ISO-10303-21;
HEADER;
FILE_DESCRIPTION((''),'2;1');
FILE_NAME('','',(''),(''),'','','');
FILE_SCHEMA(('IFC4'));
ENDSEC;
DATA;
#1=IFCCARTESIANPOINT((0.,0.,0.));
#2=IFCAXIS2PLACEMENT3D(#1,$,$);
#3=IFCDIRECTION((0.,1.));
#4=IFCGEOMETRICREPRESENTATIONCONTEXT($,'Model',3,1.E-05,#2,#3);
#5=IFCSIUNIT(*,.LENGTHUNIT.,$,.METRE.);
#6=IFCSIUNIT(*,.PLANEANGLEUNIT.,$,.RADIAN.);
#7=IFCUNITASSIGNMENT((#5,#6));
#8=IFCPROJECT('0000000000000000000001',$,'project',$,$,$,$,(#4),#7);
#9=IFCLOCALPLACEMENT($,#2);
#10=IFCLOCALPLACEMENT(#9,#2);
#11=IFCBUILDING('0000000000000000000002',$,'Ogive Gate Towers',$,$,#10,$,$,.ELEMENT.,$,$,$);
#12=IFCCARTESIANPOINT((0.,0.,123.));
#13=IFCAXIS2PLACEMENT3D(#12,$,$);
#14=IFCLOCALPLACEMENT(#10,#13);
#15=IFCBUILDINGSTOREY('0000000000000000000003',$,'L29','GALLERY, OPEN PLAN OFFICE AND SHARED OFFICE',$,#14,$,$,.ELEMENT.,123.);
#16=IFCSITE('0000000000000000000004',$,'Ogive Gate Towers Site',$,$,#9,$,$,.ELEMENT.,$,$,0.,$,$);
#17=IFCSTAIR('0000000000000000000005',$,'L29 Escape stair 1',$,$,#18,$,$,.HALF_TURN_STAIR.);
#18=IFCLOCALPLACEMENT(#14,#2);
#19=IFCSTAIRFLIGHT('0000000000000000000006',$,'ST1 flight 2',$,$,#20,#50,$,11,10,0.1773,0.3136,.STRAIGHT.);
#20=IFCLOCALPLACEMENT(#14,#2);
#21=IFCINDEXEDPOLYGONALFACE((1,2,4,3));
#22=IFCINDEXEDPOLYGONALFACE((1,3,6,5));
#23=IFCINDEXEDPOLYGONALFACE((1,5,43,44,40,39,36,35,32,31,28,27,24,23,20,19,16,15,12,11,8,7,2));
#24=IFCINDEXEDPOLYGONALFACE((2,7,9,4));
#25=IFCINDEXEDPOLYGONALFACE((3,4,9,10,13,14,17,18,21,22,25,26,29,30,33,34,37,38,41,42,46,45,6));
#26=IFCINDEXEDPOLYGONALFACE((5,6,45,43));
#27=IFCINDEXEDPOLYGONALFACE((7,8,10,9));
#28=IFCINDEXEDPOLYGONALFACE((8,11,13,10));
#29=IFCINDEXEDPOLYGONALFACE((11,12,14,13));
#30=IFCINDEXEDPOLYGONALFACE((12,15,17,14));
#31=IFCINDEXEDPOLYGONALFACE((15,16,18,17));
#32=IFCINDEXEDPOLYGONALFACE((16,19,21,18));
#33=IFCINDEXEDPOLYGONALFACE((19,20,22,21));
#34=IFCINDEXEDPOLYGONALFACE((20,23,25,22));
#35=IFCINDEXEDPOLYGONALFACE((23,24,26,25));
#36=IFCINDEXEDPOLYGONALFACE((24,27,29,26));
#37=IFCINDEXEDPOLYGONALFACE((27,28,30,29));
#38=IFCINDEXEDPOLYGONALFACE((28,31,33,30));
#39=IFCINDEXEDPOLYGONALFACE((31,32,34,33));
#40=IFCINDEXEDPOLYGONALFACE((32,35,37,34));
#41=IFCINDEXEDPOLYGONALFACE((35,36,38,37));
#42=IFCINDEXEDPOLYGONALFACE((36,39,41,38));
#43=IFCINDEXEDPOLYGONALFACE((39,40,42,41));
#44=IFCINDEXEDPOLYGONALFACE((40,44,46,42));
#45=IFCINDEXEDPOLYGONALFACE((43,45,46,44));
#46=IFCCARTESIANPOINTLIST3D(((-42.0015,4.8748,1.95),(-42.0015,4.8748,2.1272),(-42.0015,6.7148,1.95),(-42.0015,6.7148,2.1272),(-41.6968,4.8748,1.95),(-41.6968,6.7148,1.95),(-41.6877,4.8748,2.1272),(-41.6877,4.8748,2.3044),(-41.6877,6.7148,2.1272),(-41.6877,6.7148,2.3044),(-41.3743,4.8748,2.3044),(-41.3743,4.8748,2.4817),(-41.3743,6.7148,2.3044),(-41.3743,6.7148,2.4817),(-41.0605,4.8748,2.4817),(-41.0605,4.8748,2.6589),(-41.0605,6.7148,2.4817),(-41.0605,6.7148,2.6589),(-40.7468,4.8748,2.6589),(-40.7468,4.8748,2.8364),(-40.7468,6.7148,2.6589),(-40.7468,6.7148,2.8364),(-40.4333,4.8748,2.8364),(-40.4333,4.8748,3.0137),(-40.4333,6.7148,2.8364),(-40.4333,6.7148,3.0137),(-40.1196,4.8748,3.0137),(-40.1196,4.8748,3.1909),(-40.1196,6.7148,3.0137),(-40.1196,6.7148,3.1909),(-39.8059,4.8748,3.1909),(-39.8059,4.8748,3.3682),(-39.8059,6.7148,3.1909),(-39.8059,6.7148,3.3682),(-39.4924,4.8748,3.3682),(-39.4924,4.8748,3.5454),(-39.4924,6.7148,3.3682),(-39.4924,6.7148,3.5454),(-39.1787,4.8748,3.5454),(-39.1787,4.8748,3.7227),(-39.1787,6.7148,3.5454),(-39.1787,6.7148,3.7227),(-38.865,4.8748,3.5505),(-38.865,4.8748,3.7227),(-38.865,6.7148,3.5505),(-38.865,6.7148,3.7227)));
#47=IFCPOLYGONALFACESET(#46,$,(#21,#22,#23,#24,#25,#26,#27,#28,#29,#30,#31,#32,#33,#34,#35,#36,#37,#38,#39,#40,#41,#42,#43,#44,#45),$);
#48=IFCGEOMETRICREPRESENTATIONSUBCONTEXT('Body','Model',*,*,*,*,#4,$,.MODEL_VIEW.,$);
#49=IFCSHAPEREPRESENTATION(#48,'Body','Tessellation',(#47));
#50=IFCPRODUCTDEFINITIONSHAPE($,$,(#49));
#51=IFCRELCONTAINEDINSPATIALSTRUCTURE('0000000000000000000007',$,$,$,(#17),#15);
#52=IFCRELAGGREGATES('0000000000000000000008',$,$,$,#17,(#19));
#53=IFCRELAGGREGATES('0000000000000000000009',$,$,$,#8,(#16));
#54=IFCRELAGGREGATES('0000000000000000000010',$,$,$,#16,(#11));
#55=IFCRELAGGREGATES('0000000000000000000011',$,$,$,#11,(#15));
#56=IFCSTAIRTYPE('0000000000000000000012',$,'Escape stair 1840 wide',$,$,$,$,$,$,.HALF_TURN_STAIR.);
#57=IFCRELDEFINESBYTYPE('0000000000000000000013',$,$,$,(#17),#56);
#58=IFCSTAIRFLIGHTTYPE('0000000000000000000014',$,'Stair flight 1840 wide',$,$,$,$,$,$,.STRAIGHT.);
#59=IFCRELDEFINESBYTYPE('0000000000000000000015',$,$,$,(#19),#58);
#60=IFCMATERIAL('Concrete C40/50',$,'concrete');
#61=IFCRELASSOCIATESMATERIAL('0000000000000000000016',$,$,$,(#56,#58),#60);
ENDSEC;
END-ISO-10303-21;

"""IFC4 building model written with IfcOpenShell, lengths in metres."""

from ifc_helpers import new_model, si_unit, direction, frame, origin, place, context, subcontext, project, spatial, polyline, outline, extrude, material, type_object, element, aggregate, save


model = new_model("IFC4")

# Units and contexts
model_context = context("Model", 3, precision=1e-05, world=origin(), true_north=direction((0.0, 1.0)))
body_context = subcontext(model_context, "Body", "Model", "MODEL_VIEW")
ifc_project = project(units=[si_unit("LENGTHUNIT", "METRE"), si_unit("PLANEANGLEUNIT", "RADIAN")], contexts=[model_context])

# Site, building, storey
site_placement = place(None, origin())
site = spatial("IfcSite", under=ifc_project, at=site_placement, Name="Ogive Gate Towers Site", CompositionType="ELEMENT", RefElevation=0.0)
building_placement = place(site_placement, origin())
building = spatial("IfcBuilding", under=site, at=building_placement, Name="Ogive Gate Towers", CompositionType="ELEMENT")
storey_placement = place(building_placement, frame((0.0, 0.0, 123.0)))
storey = spatial("IfcBuildingStorey", under=building, at=storey_placement, Name="L29", Description="GALLERY, OPEN PLAN OFFICE AND SHARED OFFICE", CompositionType="ELEMENT", Elevation=123.0)

# Stair, stair flight
ifc_material_1 = material(Name="Concrete C40/50", Category="concrete")
stair_type = type_object("IfcStairType", Name="Escape stair 1840 wide", PredefinedType="HALF_TURN_STAIR", material=ifc_material_1)
stair_placement = place(storey_placement, origin())
stair = element("IfcStair", 1, at=stair_placement, inside=storey, type_object=stair_type, Name="L29 Escape stair 1", PredefinedType="HALF_TURN_STAIR")
stair_flight_type = type_object("IfcStairFlightType", Name="Stair flight 1840 wide", PredefinedType="STRAIGHT", material=ifc_material_1)
stair_flight_1_placement = place(storey_placement, frame((-42.0015, 5.7949, 1.95), z_axis=(0.0, 0.0, 1.0), x_axis=(1.0, 0.0, 0.0)))
stair_flight_1 = element("IfcStairFlight", 2, at=stair_flight_1_placement, type_object=stair_flight_type, Name="ST1 flight 2", NumberOfRisers=11, NumberOfTreads=10, PredefinedType="STRAIGHT", RiserHeight=0.1773, TreadLength=0.3136, context=body_context, shape_type="SweptSolid", body=[
    extrude(outline(polyline([(0.0, 0.0), (0.0, 0.1772), (0.3137, 0.1772), (0.3137, 0.3545), (0.6272, 0.3545), (0.6272, 0.5317), (0.9409, 0.5317), (0.9409, 0.709), (1.2546, 0.709), (1.2546, 0.8865), (1.5681, 0.8865), (1.5681, 1.0637), (1.8818, 1.0637), (1.8818, 1.241), (2.1956, 1.241), (2.1956, 1.4182), (2.509, 1.4182), (2.509, 1.5955), (2.8228, 1.5955), (2.8228, 1.7727), (3.1365, 1.7727), (3.1365, 1.95), (3.1365, 1.6006), (0.3047, 0.0), (0.0, 0.0)])), frame((0.0, 0.9199, 0.0), z_axis=(0.0, -1.0, 0.0), x_axis=(1.0, 0.0, 0.0)), (0.0, 0.0, 1.0), 1.8401),
])
aggregate(stair, [stair_flight_1])

save(model, "model.ifc")
